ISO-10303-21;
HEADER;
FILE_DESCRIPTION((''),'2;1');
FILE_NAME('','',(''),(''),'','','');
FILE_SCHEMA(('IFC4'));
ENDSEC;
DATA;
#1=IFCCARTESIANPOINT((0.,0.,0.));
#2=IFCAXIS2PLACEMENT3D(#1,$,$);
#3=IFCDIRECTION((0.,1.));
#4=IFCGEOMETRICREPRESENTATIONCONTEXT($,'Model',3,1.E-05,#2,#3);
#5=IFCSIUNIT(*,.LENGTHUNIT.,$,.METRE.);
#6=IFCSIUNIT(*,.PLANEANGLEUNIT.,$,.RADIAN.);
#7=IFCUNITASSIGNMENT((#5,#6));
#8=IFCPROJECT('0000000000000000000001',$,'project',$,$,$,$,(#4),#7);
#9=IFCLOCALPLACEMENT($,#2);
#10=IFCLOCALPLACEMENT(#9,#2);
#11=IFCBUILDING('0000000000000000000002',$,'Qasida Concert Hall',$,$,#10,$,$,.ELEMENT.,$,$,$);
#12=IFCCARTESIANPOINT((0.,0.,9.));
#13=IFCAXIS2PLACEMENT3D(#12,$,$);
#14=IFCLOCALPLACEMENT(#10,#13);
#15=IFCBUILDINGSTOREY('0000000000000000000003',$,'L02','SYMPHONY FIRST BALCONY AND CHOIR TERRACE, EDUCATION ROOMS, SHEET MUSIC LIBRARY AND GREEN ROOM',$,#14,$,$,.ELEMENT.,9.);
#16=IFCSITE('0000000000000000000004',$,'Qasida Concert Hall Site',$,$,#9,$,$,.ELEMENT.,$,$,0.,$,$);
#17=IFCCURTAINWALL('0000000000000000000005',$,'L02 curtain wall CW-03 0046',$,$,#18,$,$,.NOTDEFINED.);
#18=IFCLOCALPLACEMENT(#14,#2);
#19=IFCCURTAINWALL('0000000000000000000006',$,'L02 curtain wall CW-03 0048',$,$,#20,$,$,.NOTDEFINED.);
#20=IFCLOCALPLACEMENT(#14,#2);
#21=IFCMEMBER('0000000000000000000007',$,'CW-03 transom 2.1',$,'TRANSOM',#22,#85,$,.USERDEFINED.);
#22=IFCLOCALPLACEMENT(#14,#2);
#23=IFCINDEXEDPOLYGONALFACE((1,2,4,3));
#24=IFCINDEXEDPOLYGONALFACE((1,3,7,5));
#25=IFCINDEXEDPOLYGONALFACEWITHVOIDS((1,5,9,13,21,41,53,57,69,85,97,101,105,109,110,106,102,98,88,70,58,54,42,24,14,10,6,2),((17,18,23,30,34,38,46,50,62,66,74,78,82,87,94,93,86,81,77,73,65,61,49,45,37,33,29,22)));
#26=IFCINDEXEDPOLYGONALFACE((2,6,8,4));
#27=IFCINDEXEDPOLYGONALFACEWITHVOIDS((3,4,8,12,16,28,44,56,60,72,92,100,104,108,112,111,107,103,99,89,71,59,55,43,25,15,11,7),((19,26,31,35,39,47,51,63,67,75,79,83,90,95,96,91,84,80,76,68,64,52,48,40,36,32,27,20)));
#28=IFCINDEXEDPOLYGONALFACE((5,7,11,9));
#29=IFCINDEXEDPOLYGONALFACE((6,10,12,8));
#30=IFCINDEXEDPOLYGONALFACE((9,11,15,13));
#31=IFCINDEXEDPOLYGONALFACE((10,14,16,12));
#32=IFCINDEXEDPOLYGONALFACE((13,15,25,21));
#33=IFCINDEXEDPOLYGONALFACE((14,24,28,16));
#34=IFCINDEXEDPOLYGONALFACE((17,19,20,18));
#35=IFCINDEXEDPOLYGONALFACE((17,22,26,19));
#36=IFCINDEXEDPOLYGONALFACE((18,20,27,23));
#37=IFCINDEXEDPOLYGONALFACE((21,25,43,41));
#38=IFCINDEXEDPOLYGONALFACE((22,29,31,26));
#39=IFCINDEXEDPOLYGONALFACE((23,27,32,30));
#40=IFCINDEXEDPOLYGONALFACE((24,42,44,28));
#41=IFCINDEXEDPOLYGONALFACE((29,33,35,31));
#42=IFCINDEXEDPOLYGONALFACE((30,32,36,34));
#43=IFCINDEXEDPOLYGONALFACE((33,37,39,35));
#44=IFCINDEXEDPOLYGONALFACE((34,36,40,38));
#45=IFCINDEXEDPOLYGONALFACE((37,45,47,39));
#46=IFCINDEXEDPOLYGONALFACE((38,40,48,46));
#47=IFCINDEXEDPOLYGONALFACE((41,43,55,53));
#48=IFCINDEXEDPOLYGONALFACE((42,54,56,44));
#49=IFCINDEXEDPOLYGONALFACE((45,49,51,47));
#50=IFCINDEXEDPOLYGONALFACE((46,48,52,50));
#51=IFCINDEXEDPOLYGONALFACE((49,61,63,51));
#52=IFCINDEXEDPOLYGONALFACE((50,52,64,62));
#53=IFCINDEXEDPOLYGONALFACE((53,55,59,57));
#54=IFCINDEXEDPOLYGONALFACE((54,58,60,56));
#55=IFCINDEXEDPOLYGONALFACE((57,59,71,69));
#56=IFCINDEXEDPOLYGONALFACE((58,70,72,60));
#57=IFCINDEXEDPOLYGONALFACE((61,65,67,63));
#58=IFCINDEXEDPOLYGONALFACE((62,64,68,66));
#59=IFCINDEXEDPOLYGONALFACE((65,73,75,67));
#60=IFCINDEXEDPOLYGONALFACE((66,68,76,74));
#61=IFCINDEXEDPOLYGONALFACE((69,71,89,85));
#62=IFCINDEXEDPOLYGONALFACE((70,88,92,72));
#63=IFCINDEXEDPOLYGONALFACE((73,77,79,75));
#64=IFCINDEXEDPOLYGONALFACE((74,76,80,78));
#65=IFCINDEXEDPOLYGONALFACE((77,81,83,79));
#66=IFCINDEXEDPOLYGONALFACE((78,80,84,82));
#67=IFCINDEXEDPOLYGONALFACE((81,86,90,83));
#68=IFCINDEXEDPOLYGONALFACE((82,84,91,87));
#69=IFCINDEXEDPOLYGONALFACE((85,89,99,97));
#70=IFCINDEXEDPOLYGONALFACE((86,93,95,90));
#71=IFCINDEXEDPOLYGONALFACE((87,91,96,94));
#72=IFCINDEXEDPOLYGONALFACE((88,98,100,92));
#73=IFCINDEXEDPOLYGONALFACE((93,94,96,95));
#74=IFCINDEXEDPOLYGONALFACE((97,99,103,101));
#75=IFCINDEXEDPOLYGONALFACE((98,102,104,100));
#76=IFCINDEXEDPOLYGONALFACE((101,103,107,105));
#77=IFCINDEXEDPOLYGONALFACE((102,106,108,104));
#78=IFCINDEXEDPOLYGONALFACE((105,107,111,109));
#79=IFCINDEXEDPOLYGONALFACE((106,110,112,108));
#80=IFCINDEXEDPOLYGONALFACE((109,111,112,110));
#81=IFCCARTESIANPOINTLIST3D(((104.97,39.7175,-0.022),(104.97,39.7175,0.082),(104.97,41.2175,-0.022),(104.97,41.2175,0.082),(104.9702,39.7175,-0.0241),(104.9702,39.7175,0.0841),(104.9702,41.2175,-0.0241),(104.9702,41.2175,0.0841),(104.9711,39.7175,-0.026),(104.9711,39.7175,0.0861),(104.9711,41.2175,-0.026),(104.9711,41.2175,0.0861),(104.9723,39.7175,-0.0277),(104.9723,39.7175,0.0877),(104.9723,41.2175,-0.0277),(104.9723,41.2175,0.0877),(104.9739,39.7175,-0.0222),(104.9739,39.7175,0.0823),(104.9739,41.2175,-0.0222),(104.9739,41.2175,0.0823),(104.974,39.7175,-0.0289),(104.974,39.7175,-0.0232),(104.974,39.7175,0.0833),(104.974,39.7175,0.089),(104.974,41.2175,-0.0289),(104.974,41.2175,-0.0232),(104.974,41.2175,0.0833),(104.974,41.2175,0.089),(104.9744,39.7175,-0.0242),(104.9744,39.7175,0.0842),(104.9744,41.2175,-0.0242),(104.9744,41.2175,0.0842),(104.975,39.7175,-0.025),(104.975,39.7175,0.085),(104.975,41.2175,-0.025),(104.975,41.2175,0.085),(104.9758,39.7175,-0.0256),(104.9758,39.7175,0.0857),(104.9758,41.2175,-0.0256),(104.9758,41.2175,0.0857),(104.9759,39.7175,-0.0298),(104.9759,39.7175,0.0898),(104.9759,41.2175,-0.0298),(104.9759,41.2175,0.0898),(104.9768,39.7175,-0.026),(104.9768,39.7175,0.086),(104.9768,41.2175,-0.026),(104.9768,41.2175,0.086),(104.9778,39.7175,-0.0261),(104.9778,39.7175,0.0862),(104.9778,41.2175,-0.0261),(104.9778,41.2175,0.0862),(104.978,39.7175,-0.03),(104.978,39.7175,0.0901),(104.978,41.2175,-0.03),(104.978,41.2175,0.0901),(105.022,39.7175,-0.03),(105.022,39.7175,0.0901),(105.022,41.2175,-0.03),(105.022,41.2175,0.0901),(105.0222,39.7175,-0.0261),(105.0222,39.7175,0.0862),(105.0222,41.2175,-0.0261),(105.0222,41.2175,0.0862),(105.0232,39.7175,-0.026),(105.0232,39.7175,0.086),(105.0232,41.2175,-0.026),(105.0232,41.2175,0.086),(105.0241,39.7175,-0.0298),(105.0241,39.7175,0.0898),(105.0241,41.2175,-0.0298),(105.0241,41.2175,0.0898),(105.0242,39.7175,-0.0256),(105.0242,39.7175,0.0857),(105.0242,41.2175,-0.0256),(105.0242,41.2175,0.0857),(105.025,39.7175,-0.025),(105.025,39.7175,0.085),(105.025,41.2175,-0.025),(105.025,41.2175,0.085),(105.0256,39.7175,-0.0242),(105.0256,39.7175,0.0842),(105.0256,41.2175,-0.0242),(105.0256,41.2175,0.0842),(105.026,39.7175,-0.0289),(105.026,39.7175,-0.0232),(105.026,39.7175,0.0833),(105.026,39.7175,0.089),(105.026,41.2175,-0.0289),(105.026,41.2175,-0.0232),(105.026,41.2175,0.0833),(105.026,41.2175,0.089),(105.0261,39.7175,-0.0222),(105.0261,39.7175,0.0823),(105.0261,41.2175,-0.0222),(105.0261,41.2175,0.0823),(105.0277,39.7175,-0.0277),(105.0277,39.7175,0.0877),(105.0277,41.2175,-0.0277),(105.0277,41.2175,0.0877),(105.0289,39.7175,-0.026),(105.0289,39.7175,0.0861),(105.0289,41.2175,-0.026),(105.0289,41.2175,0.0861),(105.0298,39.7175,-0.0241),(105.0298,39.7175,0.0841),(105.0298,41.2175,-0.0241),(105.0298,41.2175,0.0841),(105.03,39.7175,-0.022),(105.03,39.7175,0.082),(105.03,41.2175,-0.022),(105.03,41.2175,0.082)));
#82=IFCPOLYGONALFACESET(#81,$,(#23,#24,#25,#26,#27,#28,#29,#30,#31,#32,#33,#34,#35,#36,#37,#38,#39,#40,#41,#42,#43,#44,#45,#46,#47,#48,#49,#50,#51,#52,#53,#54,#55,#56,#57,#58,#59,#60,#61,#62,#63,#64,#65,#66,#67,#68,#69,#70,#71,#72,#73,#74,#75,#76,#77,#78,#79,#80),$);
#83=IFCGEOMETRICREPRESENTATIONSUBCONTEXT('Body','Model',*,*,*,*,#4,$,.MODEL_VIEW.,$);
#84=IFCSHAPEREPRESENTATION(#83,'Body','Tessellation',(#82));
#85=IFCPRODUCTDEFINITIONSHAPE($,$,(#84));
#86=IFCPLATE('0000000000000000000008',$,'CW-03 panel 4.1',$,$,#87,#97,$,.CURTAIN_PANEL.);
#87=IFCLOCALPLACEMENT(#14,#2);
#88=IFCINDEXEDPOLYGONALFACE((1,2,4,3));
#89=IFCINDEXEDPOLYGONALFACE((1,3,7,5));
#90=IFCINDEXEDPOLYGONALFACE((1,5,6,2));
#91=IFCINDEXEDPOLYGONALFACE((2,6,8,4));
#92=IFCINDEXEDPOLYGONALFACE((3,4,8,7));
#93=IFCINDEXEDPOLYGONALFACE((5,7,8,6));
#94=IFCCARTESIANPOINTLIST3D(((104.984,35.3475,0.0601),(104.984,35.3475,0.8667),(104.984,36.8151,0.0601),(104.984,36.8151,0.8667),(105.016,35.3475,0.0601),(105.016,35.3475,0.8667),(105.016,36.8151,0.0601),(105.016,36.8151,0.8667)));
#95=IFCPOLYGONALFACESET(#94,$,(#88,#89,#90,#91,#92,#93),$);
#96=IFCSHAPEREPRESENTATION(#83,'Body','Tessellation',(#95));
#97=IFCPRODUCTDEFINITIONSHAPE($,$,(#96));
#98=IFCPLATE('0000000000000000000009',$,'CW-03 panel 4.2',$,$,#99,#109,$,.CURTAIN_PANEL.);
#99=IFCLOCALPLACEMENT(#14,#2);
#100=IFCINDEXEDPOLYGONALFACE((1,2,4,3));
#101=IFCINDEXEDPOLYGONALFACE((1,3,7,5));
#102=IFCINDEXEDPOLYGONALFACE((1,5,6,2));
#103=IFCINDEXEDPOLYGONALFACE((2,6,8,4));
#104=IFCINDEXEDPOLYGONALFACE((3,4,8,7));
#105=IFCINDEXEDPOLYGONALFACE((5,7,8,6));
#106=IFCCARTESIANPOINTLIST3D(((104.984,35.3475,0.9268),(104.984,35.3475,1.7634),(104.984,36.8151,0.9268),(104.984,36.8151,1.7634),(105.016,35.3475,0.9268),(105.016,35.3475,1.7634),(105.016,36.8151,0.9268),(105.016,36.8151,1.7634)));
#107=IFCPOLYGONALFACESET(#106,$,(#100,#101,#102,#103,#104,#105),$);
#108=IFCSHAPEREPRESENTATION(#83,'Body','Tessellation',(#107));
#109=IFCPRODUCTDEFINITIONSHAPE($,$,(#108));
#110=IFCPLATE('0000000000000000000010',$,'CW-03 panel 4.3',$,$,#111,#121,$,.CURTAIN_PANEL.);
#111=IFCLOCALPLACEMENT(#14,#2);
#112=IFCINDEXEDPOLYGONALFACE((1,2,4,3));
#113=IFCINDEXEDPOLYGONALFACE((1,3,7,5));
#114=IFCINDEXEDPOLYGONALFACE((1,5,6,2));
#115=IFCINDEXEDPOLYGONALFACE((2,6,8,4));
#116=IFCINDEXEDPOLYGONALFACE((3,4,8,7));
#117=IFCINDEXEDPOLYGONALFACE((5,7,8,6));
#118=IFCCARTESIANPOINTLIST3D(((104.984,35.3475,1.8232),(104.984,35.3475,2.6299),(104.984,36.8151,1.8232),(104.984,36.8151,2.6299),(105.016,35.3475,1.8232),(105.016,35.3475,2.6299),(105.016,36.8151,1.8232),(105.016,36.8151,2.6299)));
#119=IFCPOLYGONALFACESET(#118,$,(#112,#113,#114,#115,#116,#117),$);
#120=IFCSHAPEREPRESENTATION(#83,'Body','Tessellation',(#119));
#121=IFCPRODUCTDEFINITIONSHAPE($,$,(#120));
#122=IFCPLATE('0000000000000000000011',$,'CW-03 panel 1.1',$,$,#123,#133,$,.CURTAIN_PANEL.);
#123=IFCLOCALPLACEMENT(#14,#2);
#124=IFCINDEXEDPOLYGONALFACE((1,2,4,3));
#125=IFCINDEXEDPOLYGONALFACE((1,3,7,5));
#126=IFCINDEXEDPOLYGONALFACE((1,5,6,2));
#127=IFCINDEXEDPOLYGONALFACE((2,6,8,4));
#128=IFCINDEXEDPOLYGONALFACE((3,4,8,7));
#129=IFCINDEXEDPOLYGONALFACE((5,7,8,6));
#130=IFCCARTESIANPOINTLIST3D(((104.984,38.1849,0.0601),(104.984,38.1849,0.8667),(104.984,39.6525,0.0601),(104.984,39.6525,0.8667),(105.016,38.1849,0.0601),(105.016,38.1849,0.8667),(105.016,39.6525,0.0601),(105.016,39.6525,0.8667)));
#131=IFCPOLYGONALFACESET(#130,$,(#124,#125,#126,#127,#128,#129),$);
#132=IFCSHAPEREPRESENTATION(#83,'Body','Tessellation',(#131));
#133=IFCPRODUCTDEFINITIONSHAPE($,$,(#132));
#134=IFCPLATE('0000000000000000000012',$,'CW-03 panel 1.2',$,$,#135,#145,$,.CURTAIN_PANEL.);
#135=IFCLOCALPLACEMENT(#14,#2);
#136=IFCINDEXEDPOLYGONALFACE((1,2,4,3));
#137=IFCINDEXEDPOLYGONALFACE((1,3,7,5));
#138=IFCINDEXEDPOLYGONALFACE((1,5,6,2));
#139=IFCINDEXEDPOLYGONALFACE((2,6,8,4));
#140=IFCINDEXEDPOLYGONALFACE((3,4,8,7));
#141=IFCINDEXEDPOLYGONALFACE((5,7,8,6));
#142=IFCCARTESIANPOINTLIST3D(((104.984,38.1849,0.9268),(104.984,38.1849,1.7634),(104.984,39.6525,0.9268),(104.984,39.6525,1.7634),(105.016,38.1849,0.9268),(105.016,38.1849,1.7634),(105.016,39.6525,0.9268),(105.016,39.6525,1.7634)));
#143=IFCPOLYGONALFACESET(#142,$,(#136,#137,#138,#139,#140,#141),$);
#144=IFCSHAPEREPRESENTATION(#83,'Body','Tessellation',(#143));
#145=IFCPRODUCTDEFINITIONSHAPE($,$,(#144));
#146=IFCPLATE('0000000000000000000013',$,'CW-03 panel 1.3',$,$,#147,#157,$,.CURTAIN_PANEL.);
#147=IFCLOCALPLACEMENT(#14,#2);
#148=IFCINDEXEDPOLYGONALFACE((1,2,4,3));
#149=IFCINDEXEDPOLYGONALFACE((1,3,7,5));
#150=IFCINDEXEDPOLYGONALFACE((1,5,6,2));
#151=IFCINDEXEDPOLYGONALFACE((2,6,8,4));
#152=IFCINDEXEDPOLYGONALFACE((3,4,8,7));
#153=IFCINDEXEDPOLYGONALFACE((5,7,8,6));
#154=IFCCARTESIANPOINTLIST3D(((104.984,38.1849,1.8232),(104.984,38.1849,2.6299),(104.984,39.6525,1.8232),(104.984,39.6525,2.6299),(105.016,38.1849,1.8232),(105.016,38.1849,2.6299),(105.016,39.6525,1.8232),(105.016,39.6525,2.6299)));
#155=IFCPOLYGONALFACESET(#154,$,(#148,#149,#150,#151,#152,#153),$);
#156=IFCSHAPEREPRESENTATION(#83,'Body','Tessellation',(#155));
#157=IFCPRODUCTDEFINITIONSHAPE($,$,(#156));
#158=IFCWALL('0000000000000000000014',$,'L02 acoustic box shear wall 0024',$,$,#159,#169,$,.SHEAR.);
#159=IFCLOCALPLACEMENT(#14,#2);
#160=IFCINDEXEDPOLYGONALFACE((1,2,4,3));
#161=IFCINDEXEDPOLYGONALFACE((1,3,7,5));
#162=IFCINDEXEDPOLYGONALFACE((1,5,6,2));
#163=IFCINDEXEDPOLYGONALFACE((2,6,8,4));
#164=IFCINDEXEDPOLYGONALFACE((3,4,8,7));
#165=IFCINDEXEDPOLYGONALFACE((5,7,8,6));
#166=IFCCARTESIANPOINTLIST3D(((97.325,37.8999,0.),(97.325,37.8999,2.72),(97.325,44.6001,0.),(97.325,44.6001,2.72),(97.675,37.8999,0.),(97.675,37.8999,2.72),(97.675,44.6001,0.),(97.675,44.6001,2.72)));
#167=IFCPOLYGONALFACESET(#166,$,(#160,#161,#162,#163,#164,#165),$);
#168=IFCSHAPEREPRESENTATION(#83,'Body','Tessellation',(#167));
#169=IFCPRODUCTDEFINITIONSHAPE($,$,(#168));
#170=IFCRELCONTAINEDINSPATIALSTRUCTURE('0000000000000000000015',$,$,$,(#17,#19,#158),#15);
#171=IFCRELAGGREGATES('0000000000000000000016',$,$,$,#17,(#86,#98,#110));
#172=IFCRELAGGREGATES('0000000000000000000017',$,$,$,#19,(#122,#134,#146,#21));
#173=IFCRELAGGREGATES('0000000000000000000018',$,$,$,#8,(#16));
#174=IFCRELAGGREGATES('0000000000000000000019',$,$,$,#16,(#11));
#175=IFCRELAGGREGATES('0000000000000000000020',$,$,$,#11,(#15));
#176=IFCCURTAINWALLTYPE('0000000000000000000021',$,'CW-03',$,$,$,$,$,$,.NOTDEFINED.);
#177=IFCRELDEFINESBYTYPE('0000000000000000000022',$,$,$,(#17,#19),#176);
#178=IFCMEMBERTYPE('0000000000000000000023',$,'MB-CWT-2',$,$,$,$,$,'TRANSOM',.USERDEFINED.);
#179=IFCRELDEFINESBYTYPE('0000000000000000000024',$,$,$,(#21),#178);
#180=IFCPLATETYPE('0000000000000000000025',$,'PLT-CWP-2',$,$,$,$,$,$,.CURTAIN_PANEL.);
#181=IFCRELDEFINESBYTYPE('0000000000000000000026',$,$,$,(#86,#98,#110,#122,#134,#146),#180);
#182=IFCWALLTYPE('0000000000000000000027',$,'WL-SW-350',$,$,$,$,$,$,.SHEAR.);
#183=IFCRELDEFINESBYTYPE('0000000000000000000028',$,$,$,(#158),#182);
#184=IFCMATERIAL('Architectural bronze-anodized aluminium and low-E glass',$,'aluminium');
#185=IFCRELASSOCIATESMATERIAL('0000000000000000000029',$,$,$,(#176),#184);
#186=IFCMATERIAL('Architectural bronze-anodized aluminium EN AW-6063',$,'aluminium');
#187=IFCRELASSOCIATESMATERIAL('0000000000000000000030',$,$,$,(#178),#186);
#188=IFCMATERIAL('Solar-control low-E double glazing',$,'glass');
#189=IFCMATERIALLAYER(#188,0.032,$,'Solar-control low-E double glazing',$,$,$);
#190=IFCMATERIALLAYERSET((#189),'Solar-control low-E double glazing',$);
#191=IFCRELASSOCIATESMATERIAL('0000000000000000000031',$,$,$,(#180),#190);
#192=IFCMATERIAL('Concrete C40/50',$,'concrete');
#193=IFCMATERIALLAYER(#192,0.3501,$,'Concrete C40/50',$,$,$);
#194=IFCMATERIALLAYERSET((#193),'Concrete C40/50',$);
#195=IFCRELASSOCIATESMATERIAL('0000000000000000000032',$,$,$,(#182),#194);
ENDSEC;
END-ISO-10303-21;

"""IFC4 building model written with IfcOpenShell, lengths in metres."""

from ifc_helpers import new_model, si_unit, direction, frame, frame_2d, origin, origin_2d, place, context, subcontext, project, spatial, rectangle, hollow_rectangle, extrude, material, layer, layer_set, material_profile, profile_set, type_object, element, aggregate, save


model = new_model("IFC4")

# Units and contexts
model_context = context("Model", 3, precision=1e-05, world=origin(), true_north=direction((0.0, 1.0)))
body_context = subcontext(model_context, "Body", "Model", "MODEL_VIEW")
ifc_project = project(units=[si_unit("LENGTHUNIT", "METRE"), si_unit("PLANEANGLEUNIT", "RADIAN")], contexts=[model_context])

# Site, building, storey
site_placement = place(None, origin())
site = spatial("IfcSite", under=ifc_project, at=site_placement, Name="Qasida Concert Hall Site", CompositionType="ELEMENT", RefElevation=0.0)
building_placement = place(site_placement, origin())
building = spatial("IfcBuilding", under=site, at=building_placement, Name="Qasida Concert Hall", CompositionType="ELEMENT")
storey_placement = place(building_placement, frame((0.0, 0.0, 9.0)))
storey = spatial("IfcBuildingStorey", under=building, at=storey_placement, Name="L02", Description="SYMPHONY FIRST BALCONY AND CHOIR TERRACE, EDUCATION ROOMS, SHEET MUSIC LIBRARY AND GREEN ROOM", CompositionType="ELEMENT", Elevation=9.0)

# Shared definitions
ifc_material_1 = material(Name="Concrete C40/50", Category="concrete")

# Curtain wall
ifc_material_2 = material(Name="Architectural bronze-anodized aluminium and low-E glass", Category="aluminium")
curtain_wall_type = type_object("IfcCurtainWallType", Name="CW-03", PredefinedType="NOTDEFINED", material=ifc_material_2)
curtain_wall_1_placement = place(storey_placement, origin())
curtain_wall_1 = element("IfcCurtainWall", 1, at=curtain_wall_1_placement, inside=storey, type_object=curtain_wall_type, Name="L02 curtain wall CW-03 0046", PredefinedType="NOTDEFINED")
ifc_material_3 = material(Name="Architectural bronze-anodized aluminium EN AW-6063", Category="aluminium")

# Curtain wall
curtain_wall_2_placement = place(storey_placement, origin())
curtain_wall_2 = element("IfcCurtainWall", 2, at=curtain_wall_2_placement, inside=storey, type_object=curtain_wall_type, Name="L02 curtain wall CW-03 0048", PredefinedType="NOTDEFINED")

# Member
ifc_material_profile_1 = material_profile(ifc_material_3, hollow_rectangle(XDim=0.0601, YDim=0.1201, WallThickness=0.0039, InnerFilletRadius=0.0039, OuterFilletRadius=0.0081, at=origin_2d()), Name="CWT 120x60x4")
ifc_profile_set_1 = profile_set([ifc_material_profile_1], Name="Architectural bronze-anodized aluminium EN AW-6063")
member_type_1 = type_object("IfcMemberType", Name="MB-CWT-2", ElementType="TRANSOM", PredefinedType="USERDEFINED", material=ifc_profile_set_1)
member_1_placement = place(storey_placement, frame((105.0, 39.7175, 0.03), z_axis=(0.0, 1.0, 0.0), x_axis=(-1.0, 0.0, 0.0)))
member_1 = element("IfcMember", 3, at=member_1_placement, type_object=member_type_1, Name="CW-03 transom 2.1", ObjectType="TRANSOM", PredefinedType="USERDEFINED", context=body_context, shape_type="SweptSolid", body=[
    extrude(hollow_rectangle(XDim=0.0601, YDim=0.1201, WallThickness=0.0039, InnerFilletRadius=0.0039, OuterFilletRadius=0.0081, at=origin_2d()), origin(), (0.0, 0.0, 1.0), 1.5),
])

# Plates
ifc_material_4 = material(Name="Solar-control low-E double glazing", Category="glass")
ifc_layer_1 = layer(ifc_material_4, 0.032, Name="Solar-control low-E double glazing")
ifc_layer_set_1 = layer_set([ifc_layer_1], Name="Solar-control low-E double glazing")
plate_type = type_object("IfcPlateType", Name="PLT-CWP-2", PredefinedType="CURTAIN_PANEL", material=ifc_layer_set_1)
plate_1_placement = place(storey_placement, frame((105.0, 36.0813, 0.0601), z_axis=(0.0, 0.0, 1.0), x_axis=(0.0, 1.0, 0.0)))
plate_1 = element("IfcPlate", 4, at=plate_1_placement, type_object=plate_type, Name="CW-03 panel 4.1", PredefinedType="CURTAIN_PANEL", context=body_context, shape_type="SweptSolid", body=[
    extrude(rectangle(XDim=1.4675, YDim=0.032, at=origin_2d()), origin(), (0.0, 0.0, 1.0), 0.8066),
])
plate_2_placement = place(storey_placement, frame((105.0, 36.0813, 0.9268), z_axis=(0.0, 0.0, 1.0), x_axis=(0.0, 1.0, 0.0)))
plate_2 = element("IfcPlate", 5, at=plate_2_placement, type_object=plate_type, Name="CW-03 panel 4.2", PredefinedType="CURTAIN_PANEL", context=body_context, shape_type="SweptSolid", body=[
    extrude(rectangle(XDim=1.4675, YDim=0.032, at=origin_2d()), origin(), (0.0, 0.0, 1.0), 0.8367),
])
plate_3_placement = place(storey_placement, frame((105.0, 36.0813, 1.8232), z_axis=(0.0, 0.0, 1.0), x_axis=(0.0, 1.0, 0.0)))
plate_3 = element("IfcPlate", 6, at=plate_3_placement, type_object=plate_type, Name="CW-03 panel 4.3", PredefinedType="CURTAIN_PANEL", context=body_context, shape_type="SweptSolid", body=[
    extrude(rectangle(XDim=1.4675, YDim=0.032, at=origin_2d()), origin(), (0.0, 0.0, 1.0), 0.8066),
])
aggregate(curtain_wall_1, [plate_1, plate_2, plate_3])
plate_4_placement = place(storey_placement, frame((105.0, 38.9187, 0.0601), z_axis=(0.0, 0.0, 1.0), x_axis=(0.0, 1.0, 0.0)))
plate_4 = element("IfcPlate", 7, at=plate_4_placement, type_object=plate_type, Name="CW-03 panel 1.1", PredefinedType="CURTAIN_PANEL", context=body_context, shape_type="SweptSolid", body=[
    extrude(rectangle(XDim=1.4675, YDim=0.032, at=origin_2d()), origin(), (0.0, 0.0, 1.0), 0.8066),
])
plate_5_placement = place(storey_placement, frame((105.0, 38.9187, 0.9268), z_axis=(0.0, 0.0, 1.0), x_axis=(0.0, 1.0, 0.0)))
plate_5 = element("IfcPlate", 8, at=plate_5_placement, type_object=plate_type, Name="CW-03 panel 1.2", PredefinedType="CURTAIN_PANEL", context=body_context, shape_type="SweptSolid", body=[
    extrude(rectangle(XDim=1.4675, YDim=0.032, at=origin_2d()), origin(), (0.0, 0.0, 1.0), 0.8367),
])
plate_6_placement = place(storey_placement, frame((105.0, 38.9187, 1.8232), z_axis=(0.0, 0.0, 1.0), x_axis=(0.0, 1.0, 0.0)))
plate_6 = element("IfcPlate", 9, at=plate_6_placement, type_object=plate_type, Name="CW-03 panel 1.3", PredefinedType="CURTAIN_PANEL", context=body_context, shape_type="SweptSolid", body=[
    extrude(rectangle(XDim=1.4675, YDim=0.032, at=origin_2d()), origin(), (0.0, 0.0, 1.0), 0.8066),
])
aggregate(curtain_wall_2, [plate_4, plate_5, plate_6, member_1])

# Wall
ifc_layer_2 = layer(ifc_material_1, 0.3501, Name="Concrete C40/50")
ifc_layer_set_2 = layer_set([ifc_layer_2], Name="Concrete C40/50")
wall_type = type_object("IfcWallType", Name="WL-SW-350", PredefinedType="SHEAR", material=ifc_layer_set_2)
wall_placement = place(storey_placement, frame((97.5, 37.8999, 0.0), z_axis=(0.0, 0.0, 1.0), x_axis=(0.0, 1.0, 0.0)))
element("IfcWall", 10, at=wall_placement, inside=storey, type_object=wall_type, Name="L02 acoustic box shear wall 0024", PredefinedType="SHEAR", context=body_context, shape_type="SweptSolid", body=[
    extrude(rectangle(XDim=6.7002, YDim=0.3501, at=frame_2d((3.3501, 0.0))), origin(), (0.0, 0.0, 1.0), 2.72),
])

save(model, "model.ifc")
